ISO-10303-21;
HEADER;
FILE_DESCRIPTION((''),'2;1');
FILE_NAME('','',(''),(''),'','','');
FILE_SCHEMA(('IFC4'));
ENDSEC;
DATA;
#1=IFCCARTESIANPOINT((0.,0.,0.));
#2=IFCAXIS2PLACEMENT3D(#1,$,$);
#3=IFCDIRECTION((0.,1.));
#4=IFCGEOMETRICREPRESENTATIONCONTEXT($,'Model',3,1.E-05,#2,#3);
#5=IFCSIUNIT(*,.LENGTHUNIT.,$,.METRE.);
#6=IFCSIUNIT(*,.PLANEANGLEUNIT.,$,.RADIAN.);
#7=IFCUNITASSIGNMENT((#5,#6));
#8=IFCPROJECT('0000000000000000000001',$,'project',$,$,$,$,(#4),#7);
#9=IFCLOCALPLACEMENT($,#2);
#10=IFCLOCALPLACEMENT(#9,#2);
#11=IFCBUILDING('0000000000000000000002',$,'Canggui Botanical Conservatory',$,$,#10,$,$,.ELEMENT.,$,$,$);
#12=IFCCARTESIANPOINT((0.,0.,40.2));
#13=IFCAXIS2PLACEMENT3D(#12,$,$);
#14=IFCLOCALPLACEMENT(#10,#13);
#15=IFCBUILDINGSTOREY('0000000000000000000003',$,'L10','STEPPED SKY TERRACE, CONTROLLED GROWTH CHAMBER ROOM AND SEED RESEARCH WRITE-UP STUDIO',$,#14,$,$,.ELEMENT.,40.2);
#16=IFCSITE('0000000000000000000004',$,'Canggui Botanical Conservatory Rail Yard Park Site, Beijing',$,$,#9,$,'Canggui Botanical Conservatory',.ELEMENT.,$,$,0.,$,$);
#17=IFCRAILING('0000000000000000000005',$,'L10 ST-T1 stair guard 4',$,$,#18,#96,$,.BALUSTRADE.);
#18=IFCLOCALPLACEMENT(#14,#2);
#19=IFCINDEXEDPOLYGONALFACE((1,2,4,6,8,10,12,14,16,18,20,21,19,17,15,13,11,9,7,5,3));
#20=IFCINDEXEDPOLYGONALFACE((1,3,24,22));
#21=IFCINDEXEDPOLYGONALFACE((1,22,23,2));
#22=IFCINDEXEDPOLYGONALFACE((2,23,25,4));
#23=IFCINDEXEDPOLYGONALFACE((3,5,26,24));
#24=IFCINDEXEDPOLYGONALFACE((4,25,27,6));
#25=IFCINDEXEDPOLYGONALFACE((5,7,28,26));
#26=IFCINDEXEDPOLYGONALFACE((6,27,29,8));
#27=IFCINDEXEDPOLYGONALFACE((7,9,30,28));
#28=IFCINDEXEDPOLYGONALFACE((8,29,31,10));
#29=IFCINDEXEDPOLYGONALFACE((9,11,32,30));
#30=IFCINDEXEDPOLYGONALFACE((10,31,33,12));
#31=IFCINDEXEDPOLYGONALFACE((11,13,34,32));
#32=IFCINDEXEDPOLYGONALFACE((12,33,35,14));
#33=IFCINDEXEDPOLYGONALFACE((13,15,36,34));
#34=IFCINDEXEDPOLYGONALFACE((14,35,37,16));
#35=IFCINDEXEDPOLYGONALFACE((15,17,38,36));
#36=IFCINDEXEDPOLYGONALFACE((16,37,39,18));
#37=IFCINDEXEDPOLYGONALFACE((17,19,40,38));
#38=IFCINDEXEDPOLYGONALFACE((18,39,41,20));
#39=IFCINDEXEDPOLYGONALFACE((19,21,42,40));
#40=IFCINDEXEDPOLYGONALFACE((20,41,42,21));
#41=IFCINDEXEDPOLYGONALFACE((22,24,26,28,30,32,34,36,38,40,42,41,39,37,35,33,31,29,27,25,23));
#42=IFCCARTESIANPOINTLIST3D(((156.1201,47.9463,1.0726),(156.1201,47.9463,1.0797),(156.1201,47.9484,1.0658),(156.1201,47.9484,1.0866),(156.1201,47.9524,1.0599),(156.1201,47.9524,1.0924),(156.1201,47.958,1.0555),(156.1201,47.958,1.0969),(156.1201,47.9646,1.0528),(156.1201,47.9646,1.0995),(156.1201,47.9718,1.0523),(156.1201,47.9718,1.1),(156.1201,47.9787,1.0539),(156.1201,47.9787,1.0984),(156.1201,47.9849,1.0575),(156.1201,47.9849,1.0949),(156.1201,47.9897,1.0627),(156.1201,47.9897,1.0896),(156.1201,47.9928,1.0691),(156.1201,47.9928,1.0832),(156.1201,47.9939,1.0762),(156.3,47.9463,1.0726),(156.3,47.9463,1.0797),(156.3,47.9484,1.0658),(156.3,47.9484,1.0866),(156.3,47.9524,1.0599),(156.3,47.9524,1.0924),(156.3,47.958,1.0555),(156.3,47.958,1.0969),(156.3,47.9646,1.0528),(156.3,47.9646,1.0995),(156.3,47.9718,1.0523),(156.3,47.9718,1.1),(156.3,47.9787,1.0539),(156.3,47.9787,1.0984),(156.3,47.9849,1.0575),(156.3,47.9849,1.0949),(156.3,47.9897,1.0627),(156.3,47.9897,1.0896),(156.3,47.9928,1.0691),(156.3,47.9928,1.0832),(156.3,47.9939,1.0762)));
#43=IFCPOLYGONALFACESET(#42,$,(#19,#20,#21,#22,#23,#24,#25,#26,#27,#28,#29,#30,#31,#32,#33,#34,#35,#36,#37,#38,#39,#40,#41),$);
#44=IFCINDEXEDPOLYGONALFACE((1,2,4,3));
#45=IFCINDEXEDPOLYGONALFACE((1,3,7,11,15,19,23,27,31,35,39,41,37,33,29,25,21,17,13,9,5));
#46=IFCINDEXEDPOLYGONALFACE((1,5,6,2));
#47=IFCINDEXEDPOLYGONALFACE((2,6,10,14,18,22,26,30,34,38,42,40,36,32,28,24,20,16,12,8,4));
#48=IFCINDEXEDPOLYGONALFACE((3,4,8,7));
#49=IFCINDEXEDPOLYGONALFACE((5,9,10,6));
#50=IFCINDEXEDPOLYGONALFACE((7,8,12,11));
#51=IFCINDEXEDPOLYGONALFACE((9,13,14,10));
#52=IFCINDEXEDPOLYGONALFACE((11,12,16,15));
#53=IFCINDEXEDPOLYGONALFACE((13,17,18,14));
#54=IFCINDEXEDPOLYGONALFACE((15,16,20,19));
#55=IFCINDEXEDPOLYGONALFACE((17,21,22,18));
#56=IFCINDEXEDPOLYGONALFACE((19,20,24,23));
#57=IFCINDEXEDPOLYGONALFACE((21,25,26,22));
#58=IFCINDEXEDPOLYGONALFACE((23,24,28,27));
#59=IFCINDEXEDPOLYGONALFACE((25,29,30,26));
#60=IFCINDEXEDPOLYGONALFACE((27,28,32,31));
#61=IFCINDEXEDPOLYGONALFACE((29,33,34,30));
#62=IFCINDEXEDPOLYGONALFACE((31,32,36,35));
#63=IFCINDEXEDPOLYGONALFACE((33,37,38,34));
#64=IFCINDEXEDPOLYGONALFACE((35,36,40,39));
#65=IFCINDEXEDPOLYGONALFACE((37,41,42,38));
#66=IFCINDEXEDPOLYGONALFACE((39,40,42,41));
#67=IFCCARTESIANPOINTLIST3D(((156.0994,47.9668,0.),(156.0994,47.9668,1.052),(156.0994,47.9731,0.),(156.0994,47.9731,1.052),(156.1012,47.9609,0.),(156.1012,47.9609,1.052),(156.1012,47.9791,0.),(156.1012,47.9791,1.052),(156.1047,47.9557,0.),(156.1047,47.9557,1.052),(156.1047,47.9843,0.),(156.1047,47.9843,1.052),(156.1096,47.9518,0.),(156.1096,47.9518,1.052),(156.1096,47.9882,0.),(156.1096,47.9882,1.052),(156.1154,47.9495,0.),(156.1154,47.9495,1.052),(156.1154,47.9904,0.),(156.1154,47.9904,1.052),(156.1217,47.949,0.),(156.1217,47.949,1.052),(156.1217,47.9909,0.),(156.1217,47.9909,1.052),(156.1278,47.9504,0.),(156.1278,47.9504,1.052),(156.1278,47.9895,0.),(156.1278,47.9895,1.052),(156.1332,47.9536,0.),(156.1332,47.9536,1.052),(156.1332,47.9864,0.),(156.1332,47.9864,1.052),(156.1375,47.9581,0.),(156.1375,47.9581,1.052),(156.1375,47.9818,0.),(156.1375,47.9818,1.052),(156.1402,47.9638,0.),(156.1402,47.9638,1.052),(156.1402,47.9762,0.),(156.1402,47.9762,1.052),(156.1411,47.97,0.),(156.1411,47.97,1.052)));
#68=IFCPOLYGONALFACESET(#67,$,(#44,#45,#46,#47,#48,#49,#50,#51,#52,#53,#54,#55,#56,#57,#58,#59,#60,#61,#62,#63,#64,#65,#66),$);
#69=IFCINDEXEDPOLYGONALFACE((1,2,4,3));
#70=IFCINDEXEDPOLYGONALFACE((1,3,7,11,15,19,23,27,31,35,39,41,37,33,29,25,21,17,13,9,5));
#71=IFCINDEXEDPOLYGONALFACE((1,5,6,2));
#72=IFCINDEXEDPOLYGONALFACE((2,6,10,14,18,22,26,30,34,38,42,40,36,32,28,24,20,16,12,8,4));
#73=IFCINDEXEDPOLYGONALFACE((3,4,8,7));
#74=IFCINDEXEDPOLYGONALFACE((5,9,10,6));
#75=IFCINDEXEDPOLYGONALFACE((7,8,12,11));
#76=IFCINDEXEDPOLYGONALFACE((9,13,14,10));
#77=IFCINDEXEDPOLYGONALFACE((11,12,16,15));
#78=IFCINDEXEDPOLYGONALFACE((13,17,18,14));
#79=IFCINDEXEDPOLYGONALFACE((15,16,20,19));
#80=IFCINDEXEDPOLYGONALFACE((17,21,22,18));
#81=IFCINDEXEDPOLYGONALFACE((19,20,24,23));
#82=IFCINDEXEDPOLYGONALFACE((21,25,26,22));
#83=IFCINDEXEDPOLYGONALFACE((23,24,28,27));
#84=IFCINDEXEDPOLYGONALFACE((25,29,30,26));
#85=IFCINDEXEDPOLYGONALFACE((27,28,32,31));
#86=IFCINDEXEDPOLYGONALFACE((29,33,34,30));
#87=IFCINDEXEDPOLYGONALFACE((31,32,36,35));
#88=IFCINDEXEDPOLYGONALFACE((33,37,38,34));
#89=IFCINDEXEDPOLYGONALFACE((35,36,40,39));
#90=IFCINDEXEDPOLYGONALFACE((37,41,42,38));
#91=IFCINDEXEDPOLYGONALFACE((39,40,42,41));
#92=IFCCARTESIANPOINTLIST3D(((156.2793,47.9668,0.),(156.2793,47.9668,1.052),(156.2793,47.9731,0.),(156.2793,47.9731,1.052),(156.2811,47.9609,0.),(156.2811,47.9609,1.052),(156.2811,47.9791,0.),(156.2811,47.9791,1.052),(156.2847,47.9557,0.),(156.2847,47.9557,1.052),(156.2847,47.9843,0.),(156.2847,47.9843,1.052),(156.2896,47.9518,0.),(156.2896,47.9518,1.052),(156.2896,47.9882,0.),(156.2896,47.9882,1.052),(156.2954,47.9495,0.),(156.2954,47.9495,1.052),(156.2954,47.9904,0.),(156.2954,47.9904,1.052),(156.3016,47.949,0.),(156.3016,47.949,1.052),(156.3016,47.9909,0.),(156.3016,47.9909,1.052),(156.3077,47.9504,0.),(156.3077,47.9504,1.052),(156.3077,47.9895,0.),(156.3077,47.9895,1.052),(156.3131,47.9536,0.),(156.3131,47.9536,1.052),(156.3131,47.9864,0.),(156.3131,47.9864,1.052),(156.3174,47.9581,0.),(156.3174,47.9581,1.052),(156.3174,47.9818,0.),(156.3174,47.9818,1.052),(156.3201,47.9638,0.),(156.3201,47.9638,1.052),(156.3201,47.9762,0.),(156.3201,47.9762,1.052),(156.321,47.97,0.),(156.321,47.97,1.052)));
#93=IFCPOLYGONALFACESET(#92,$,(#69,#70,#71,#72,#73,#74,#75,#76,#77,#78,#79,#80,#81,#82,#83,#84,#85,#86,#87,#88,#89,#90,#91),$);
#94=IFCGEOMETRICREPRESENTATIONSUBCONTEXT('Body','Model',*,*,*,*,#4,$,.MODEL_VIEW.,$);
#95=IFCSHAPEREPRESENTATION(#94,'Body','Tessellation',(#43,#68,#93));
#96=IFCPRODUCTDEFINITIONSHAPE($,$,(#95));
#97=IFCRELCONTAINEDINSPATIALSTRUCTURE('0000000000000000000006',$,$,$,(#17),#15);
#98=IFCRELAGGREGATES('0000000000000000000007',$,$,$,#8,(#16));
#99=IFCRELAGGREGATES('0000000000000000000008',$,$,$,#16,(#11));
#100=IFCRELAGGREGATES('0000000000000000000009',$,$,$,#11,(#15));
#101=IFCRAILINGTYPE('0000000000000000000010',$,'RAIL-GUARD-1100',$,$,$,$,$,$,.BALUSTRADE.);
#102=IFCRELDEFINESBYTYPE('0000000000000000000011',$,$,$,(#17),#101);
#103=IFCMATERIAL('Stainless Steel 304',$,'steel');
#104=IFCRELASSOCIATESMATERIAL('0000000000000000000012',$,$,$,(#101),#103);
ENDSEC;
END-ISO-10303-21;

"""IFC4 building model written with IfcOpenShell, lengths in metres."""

from ifc_helpers import new_model, si_unit, direction, frame, origin, origin_2d, place, context, subcontext, project, spatial, circle, extrude, material, type_object, element, save


model = new_model("IFC4")

# Units and contexts
model_context = context("Model", 3, precision=1e-05, world=origin(), true_north=direction((0.0, 1.0)))
body_context = subcontext(model_context, "Body", "Model", "MODEL_VIEW")
ifc_project = project(units=[si_unit("LENGTHUNIT", "METRE"), si_unit("PLANEANGLEUNIT", "RADIAN")], contexts=[model_context])

# Site, building, storey
site_placement = place(None, origin())
site = spatial("IfcSite", under=ifc_project, at=site_placement, Name="Canggui Botanical Conservatory Rail Yard Park Site, Beijing", LongName="Canggui Botanical Conservatory", CompositionType="ELEMENT", RefElevation=0.0)
building_placement = place(site_placement, origin())
building = spatial("IfcBuilding", under=site, at=building_placement, Name="Canggui Botanical Conservatory", CompositionType="ELEMENT")
storey_placement = place(building_placement, frame((0.0, 0.0, 40.2)))
storey = spatial("IfcBuildingStorey", under=building, at=storey_placement, Name="L10", Description="STEPPED SKY TERRACE, CONTROLLED GROWTH CHAMBER ROOM AND SEED RESEARCH WRITE-UP STUDIO", CompositionType="ELEMENT", Elevation=40.2)

# Railing
ifc_material_1 = material(Name="Stainless Steel 304", Category="steel")
railing_type_1 = type_object("IfcRailingType", Name="RAIL-GUARD-1100", PredefinedType="BALUSTRADE", material=ifc_material_1)
railing_1_placement = place(storey_placement, frame((156.1201, 47.97, 0.0)))
element("IfcRailing", 1, at=railing_1_placement, inside=storey, type_object=railing_type_1, Name="L10 ST-T1 stair guard 4", PredefinedType="BALUSTRADE", context=body_context, shape_type="SweptSolid", body=[
    extrude(circle(Radius=0.0239, at=origin_2d()), frame((0.0, 0.0, 1.0762), z_axis=(1.0, 0.0, 0.0), x_axis=(0.0, 1.0, 0.0)), (0.0, 0.0, 1.0), 0.1799),
    extrude(circle(Radius=0.021, at=origin_2d()), origin(), (0.0, 0.0, 1.0), 1.052),
    extrude(circle(Radius=0.021, at=origin_2d()), frame((0.1799, 0.0, 0.0)), (0.0, 0.0, 1.0), 1.052),
])

save(model, "model.ifc")
